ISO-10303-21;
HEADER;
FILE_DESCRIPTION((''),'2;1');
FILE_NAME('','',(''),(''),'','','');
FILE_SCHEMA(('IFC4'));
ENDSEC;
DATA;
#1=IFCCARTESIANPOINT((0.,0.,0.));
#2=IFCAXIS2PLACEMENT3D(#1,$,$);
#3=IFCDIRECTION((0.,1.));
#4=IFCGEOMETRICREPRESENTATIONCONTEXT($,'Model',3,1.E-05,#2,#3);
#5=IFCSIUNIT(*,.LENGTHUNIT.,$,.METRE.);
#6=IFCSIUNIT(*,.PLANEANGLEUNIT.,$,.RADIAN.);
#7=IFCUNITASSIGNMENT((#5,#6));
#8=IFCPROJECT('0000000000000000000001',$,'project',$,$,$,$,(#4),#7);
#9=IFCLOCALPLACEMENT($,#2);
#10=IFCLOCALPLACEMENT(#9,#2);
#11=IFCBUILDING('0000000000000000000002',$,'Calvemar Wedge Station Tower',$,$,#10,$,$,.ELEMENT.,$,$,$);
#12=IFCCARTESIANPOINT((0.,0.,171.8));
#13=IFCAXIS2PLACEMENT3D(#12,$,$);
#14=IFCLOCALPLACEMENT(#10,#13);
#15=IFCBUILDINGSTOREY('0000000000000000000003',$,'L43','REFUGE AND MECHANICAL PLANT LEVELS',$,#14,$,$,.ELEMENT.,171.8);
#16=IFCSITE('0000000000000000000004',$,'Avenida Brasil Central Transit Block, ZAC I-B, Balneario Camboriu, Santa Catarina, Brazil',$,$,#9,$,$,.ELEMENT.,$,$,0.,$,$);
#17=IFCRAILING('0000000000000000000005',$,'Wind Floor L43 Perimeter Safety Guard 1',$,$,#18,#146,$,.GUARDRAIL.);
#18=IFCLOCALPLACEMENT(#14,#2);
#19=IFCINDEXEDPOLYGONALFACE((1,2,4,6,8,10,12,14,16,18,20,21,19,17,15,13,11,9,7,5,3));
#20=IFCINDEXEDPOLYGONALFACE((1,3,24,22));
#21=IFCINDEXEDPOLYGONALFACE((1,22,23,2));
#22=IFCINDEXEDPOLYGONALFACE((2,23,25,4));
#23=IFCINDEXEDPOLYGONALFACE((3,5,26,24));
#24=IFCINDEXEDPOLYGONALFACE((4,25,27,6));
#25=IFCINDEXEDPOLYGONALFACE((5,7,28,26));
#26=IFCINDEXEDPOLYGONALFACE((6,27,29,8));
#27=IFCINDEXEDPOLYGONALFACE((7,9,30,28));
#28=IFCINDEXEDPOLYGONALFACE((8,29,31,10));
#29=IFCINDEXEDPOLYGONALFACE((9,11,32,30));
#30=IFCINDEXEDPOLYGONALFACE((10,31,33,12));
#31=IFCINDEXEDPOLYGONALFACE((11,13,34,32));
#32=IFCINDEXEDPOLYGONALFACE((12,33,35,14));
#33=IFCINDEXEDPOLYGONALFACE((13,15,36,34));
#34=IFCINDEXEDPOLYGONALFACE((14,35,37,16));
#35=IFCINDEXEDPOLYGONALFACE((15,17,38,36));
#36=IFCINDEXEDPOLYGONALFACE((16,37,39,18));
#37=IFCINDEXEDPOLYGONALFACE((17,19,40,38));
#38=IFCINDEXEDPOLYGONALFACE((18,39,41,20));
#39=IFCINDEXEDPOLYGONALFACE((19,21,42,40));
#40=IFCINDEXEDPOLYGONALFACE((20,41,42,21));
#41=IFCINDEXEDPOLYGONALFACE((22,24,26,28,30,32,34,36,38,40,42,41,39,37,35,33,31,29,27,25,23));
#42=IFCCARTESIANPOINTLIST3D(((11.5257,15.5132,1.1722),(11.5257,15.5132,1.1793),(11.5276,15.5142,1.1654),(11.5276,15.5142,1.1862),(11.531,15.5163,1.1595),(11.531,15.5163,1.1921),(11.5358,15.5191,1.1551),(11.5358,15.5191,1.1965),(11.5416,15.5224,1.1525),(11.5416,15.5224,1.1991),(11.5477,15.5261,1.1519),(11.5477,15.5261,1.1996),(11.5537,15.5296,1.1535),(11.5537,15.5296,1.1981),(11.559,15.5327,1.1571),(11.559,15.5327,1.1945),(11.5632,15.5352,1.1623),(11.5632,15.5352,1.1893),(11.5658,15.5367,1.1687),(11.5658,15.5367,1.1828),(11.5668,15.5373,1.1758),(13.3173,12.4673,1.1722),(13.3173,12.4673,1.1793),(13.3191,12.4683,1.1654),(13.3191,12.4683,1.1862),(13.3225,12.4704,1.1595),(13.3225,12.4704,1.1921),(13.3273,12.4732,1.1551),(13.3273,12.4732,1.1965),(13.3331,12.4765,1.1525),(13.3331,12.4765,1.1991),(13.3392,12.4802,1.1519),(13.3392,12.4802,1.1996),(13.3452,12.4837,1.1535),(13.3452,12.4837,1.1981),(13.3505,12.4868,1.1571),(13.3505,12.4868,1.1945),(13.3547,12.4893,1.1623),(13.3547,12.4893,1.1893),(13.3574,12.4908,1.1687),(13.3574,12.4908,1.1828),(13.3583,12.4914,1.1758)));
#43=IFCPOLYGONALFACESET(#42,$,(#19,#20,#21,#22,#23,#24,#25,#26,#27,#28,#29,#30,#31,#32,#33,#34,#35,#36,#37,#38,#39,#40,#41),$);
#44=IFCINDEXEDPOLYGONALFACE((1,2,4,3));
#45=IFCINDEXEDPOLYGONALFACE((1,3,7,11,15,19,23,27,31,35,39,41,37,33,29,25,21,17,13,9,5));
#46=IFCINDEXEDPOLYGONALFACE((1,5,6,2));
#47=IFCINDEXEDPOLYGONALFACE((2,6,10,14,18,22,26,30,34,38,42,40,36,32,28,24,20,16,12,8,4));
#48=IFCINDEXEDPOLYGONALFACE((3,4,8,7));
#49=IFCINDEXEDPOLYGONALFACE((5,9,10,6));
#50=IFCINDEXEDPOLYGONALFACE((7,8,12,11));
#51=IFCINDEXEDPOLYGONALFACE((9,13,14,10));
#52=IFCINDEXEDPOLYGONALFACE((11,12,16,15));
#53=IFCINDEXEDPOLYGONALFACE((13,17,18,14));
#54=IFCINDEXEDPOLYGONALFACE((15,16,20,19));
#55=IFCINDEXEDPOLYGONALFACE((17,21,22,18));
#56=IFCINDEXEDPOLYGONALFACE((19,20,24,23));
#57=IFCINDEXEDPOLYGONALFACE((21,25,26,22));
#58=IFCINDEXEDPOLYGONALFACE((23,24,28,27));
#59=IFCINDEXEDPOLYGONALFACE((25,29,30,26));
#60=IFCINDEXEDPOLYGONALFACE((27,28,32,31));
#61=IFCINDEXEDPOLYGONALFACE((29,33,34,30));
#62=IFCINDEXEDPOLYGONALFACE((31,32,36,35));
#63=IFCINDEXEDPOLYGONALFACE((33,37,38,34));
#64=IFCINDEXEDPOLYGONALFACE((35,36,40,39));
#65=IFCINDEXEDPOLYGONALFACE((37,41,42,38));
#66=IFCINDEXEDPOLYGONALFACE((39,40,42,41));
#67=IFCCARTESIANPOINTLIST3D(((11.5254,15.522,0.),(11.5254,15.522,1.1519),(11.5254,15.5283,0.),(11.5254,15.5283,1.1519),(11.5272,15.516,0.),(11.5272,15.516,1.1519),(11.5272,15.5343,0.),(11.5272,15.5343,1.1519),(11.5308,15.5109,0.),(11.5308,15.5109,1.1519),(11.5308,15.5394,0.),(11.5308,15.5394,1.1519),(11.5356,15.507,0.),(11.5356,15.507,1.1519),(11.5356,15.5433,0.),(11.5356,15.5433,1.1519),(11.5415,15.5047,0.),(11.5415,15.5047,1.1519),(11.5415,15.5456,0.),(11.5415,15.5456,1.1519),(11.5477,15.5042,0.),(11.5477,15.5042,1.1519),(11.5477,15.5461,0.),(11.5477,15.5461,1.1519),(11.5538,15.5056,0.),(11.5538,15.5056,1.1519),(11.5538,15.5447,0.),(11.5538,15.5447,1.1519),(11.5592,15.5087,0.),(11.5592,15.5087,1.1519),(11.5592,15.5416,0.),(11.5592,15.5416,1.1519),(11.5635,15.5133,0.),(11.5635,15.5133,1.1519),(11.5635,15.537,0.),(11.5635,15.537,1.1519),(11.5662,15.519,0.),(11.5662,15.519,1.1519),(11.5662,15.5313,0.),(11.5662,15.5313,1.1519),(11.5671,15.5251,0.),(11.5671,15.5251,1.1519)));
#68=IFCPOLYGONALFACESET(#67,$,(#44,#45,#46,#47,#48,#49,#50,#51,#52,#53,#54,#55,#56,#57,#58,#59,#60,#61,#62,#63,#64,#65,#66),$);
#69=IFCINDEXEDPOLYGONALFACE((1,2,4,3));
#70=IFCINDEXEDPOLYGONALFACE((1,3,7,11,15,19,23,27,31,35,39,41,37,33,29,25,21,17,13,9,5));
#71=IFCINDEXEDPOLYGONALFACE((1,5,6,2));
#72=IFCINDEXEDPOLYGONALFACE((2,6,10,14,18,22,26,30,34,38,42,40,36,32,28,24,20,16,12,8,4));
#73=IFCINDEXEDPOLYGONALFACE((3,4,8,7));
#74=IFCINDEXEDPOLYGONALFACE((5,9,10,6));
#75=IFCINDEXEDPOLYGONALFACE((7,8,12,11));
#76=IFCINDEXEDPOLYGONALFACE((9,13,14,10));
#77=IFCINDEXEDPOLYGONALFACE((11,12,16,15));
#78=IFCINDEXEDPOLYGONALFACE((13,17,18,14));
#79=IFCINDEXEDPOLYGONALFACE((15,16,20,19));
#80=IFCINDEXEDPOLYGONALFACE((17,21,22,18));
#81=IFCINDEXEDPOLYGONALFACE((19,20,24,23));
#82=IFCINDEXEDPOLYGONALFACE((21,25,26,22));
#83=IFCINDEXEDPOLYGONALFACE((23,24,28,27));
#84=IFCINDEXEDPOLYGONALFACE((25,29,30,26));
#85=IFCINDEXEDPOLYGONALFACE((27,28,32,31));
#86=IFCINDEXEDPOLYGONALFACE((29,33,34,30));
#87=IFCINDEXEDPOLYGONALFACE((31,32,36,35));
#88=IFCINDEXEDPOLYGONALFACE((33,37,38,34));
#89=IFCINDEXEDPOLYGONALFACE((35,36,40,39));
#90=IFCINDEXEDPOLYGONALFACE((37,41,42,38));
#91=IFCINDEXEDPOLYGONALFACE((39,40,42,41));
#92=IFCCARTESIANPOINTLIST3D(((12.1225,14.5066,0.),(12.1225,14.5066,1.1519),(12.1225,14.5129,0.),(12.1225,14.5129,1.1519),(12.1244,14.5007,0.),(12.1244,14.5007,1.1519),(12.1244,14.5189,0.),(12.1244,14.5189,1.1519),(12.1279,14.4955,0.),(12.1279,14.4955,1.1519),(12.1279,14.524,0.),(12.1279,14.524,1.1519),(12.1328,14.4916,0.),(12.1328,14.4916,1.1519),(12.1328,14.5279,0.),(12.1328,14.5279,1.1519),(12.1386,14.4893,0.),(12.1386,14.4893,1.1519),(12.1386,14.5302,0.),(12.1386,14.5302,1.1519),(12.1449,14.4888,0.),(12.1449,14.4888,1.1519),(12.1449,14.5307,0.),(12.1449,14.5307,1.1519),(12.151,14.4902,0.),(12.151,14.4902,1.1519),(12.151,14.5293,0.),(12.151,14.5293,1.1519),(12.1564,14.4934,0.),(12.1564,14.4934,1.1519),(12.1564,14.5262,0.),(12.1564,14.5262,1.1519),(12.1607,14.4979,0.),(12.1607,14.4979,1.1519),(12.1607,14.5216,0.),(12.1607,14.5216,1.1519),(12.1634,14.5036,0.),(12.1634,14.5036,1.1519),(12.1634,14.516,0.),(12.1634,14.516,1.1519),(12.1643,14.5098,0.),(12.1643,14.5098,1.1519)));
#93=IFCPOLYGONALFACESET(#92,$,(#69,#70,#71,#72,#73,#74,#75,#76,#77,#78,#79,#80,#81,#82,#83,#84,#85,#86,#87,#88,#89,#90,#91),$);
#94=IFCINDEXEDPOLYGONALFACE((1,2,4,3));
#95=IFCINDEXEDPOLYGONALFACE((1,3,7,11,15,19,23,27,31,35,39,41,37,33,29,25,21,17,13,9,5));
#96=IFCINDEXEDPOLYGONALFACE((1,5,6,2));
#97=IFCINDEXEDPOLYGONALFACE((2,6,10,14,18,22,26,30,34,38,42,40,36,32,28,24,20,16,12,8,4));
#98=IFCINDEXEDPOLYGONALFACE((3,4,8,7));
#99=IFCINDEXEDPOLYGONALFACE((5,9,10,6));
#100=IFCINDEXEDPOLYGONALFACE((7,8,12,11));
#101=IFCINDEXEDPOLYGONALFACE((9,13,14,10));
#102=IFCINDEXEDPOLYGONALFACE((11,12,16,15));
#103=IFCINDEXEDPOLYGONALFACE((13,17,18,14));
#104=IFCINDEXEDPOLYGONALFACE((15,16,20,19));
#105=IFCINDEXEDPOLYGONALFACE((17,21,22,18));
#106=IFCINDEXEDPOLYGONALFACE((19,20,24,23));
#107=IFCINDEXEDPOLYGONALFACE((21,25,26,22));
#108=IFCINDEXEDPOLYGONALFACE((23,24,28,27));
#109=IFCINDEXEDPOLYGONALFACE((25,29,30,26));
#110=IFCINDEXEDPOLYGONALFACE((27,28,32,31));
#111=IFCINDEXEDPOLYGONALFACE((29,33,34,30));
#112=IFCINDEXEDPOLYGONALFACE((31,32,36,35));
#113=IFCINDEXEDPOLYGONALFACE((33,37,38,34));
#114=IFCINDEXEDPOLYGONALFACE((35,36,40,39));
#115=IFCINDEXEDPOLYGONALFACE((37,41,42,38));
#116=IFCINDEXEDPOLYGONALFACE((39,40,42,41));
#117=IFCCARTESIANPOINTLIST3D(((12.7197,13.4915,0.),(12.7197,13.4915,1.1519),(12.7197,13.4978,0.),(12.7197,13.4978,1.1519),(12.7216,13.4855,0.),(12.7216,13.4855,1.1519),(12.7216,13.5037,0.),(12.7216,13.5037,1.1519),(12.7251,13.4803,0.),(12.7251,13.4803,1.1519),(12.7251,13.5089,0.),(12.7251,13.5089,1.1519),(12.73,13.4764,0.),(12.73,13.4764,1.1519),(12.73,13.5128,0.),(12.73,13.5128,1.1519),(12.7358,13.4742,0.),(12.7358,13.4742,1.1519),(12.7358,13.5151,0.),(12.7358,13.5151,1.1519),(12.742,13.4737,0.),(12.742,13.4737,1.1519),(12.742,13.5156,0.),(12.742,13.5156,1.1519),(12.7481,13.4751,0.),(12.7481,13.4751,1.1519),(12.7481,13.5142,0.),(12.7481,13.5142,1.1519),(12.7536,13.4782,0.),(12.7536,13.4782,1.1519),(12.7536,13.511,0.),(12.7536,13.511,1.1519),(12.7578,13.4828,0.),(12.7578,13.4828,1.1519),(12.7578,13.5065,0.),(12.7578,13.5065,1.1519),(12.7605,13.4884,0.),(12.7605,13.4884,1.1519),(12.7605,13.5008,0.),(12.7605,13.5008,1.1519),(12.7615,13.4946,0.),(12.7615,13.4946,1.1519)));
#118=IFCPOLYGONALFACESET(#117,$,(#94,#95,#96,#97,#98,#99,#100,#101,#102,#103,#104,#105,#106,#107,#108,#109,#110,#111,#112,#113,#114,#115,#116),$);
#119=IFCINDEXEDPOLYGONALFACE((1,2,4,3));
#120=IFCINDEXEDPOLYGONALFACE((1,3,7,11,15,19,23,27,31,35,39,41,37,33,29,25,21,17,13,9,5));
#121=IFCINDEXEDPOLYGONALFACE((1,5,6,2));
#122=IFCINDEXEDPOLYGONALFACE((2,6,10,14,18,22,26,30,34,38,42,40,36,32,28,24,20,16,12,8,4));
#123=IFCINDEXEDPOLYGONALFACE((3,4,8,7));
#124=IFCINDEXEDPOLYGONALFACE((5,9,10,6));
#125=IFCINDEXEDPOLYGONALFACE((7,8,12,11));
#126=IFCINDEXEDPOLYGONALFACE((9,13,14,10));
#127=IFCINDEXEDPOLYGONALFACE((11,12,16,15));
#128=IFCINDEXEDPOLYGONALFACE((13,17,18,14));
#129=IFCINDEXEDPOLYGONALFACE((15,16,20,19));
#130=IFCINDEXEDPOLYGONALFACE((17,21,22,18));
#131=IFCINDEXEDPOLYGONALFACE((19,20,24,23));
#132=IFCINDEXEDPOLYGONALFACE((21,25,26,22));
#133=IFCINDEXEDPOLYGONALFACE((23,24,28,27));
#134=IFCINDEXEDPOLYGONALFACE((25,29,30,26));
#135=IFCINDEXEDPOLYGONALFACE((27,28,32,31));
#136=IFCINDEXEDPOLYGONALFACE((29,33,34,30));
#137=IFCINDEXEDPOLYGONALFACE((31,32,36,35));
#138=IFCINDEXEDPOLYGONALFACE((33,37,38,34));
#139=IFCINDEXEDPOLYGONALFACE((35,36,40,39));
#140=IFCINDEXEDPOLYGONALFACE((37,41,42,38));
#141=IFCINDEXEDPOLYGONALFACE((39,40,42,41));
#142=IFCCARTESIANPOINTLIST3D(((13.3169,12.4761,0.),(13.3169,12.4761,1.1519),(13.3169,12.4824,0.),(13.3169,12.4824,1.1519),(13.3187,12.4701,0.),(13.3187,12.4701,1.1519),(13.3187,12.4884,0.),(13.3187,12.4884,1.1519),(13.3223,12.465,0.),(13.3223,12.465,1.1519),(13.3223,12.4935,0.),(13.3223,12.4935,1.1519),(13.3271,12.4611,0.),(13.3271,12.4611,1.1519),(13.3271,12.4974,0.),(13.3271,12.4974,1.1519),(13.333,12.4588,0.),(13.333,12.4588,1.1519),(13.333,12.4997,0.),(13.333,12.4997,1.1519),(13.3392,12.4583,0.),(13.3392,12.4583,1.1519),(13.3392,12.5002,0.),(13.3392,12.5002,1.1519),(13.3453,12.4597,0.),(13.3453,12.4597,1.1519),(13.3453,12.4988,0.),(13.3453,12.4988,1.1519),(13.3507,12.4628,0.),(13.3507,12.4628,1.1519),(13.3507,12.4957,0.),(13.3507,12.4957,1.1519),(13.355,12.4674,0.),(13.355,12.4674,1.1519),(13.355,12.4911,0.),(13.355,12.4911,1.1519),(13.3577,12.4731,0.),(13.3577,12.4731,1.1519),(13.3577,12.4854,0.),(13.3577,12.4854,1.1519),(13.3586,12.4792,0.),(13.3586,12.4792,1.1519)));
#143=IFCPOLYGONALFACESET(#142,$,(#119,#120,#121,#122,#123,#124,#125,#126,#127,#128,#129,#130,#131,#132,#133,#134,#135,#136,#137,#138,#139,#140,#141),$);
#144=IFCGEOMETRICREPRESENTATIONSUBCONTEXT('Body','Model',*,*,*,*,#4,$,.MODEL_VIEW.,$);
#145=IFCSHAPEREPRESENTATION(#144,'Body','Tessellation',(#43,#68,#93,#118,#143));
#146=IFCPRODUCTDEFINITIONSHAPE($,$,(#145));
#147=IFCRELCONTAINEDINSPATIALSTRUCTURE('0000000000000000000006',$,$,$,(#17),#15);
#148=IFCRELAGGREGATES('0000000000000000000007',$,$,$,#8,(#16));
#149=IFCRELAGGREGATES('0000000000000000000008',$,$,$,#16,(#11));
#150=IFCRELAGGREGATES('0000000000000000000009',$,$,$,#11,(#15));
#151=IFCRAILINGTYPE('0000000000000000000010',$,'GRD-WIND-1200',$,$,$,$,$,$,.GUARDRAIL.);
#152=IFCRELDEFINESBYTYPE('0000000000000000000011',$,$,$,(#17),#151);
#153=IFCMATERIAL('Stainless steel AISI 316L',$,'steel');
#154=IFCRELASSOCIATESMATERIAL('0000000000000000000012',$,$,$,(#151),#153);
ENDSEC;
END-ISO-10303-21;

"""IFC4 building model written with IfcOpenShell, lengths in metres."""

from ifc_helpers import new_model, si_unit, direction, frame, origin, origin_2d, place, context, subcontext, project, spatial, circle, extrude, material, type_object, element, save


model = new_model("IFC4")

# Units and contexts
model_context = context("Model", 3, precision=1e-05, world=origin(), true_north=direction((0.0, 1.0)))
body_context = subcontext(model_context, "Body", "Model", "MODEL_VIEW")
ifc_project = project(units=[si_unit("LENGTHUNIT", "METRE"), si_unit("PLANEANGLEUNIT", "RADIAN")], contexts=[model_context])

# Site, building, storey
site_placement = place(None, origin())
site = spatial("IfcSite", under=ifc_project, at=site_placement, Name="Avenida Brasil Central Transit Block, ZAC I-B, Balneario Camboriu, Santa Catarina, Brazil", CompositionType="ELEMENT", RefElevation=0.0)
building_placement = place(site_placement, origin())
building = spatial("IfcBuilding", under=site, at=building_placement, Name="Calvemar Wedge Station Tower", CompositionType="ELEMENT")
storey_placement = place(building_placement, frame((0.0, 0.0, 171.8)))
storey = spatial("IfcBuildingStorey", under=building, at=storey_placement, Name="L43", Description="REFUGE AND MECHANICAL PLANT LEVELS", CompositionType="ELEMENT", Elevation=171.8)

# Railing
ifc_material_1 = material(Name="Stainless steel AISI 316L", Category="steel")
railing_type = type_object("IfcRailingType", Name="GRD-WIND-1200", PredefinedType="GUARDRAIL", material=ifc_material_1)
railing_1_placement = place(storey_placement, frame((11.5461, 15.5251, 0.0)))
element("IfcRailing", 1, at=railing_1_placement, inside=storey, type_object=railing_type, Name="Wind Floor L43 Perimeter Safety Guard 1", PredefinedType="GUARDRAIL", context=body_context, shape_type="SweptSolid", body=[
    extrude(circle(Radius=0.0239, at=origin_2d()), frame((0.0, 0.0, 1.1758), z_axis=(0.506978, -0.861959, 0.0), x_axis=(0.861959, 0.506978, 0.0)), (0.0, 0.0, 1.0), 3.5337),
    extrude(circle(Radius=0.021, at=origin_2d()), origin(), (0.0, 0.0, 1.0), 1.1519),
    extrude(circle(Radius=0.021, at=origin_2d()), frame((0.5972, -1.0154, 0.0)), (0.0, 0.0, 1.0), 1.1519),
    extrude(circle(Radius=0.021, at=origin_2d()), frame((1.1943, -2.0305, 0.0)), (0.0, 0.0, 1.0), 1.1519),
    extrude(circle(Radius=0.021, at=origin_2d()), frame((1.7915, -3.0459, 0.0)), (0.0, 0.0, 1.0), 1.1519),
])

save(model, "model.ifc")
